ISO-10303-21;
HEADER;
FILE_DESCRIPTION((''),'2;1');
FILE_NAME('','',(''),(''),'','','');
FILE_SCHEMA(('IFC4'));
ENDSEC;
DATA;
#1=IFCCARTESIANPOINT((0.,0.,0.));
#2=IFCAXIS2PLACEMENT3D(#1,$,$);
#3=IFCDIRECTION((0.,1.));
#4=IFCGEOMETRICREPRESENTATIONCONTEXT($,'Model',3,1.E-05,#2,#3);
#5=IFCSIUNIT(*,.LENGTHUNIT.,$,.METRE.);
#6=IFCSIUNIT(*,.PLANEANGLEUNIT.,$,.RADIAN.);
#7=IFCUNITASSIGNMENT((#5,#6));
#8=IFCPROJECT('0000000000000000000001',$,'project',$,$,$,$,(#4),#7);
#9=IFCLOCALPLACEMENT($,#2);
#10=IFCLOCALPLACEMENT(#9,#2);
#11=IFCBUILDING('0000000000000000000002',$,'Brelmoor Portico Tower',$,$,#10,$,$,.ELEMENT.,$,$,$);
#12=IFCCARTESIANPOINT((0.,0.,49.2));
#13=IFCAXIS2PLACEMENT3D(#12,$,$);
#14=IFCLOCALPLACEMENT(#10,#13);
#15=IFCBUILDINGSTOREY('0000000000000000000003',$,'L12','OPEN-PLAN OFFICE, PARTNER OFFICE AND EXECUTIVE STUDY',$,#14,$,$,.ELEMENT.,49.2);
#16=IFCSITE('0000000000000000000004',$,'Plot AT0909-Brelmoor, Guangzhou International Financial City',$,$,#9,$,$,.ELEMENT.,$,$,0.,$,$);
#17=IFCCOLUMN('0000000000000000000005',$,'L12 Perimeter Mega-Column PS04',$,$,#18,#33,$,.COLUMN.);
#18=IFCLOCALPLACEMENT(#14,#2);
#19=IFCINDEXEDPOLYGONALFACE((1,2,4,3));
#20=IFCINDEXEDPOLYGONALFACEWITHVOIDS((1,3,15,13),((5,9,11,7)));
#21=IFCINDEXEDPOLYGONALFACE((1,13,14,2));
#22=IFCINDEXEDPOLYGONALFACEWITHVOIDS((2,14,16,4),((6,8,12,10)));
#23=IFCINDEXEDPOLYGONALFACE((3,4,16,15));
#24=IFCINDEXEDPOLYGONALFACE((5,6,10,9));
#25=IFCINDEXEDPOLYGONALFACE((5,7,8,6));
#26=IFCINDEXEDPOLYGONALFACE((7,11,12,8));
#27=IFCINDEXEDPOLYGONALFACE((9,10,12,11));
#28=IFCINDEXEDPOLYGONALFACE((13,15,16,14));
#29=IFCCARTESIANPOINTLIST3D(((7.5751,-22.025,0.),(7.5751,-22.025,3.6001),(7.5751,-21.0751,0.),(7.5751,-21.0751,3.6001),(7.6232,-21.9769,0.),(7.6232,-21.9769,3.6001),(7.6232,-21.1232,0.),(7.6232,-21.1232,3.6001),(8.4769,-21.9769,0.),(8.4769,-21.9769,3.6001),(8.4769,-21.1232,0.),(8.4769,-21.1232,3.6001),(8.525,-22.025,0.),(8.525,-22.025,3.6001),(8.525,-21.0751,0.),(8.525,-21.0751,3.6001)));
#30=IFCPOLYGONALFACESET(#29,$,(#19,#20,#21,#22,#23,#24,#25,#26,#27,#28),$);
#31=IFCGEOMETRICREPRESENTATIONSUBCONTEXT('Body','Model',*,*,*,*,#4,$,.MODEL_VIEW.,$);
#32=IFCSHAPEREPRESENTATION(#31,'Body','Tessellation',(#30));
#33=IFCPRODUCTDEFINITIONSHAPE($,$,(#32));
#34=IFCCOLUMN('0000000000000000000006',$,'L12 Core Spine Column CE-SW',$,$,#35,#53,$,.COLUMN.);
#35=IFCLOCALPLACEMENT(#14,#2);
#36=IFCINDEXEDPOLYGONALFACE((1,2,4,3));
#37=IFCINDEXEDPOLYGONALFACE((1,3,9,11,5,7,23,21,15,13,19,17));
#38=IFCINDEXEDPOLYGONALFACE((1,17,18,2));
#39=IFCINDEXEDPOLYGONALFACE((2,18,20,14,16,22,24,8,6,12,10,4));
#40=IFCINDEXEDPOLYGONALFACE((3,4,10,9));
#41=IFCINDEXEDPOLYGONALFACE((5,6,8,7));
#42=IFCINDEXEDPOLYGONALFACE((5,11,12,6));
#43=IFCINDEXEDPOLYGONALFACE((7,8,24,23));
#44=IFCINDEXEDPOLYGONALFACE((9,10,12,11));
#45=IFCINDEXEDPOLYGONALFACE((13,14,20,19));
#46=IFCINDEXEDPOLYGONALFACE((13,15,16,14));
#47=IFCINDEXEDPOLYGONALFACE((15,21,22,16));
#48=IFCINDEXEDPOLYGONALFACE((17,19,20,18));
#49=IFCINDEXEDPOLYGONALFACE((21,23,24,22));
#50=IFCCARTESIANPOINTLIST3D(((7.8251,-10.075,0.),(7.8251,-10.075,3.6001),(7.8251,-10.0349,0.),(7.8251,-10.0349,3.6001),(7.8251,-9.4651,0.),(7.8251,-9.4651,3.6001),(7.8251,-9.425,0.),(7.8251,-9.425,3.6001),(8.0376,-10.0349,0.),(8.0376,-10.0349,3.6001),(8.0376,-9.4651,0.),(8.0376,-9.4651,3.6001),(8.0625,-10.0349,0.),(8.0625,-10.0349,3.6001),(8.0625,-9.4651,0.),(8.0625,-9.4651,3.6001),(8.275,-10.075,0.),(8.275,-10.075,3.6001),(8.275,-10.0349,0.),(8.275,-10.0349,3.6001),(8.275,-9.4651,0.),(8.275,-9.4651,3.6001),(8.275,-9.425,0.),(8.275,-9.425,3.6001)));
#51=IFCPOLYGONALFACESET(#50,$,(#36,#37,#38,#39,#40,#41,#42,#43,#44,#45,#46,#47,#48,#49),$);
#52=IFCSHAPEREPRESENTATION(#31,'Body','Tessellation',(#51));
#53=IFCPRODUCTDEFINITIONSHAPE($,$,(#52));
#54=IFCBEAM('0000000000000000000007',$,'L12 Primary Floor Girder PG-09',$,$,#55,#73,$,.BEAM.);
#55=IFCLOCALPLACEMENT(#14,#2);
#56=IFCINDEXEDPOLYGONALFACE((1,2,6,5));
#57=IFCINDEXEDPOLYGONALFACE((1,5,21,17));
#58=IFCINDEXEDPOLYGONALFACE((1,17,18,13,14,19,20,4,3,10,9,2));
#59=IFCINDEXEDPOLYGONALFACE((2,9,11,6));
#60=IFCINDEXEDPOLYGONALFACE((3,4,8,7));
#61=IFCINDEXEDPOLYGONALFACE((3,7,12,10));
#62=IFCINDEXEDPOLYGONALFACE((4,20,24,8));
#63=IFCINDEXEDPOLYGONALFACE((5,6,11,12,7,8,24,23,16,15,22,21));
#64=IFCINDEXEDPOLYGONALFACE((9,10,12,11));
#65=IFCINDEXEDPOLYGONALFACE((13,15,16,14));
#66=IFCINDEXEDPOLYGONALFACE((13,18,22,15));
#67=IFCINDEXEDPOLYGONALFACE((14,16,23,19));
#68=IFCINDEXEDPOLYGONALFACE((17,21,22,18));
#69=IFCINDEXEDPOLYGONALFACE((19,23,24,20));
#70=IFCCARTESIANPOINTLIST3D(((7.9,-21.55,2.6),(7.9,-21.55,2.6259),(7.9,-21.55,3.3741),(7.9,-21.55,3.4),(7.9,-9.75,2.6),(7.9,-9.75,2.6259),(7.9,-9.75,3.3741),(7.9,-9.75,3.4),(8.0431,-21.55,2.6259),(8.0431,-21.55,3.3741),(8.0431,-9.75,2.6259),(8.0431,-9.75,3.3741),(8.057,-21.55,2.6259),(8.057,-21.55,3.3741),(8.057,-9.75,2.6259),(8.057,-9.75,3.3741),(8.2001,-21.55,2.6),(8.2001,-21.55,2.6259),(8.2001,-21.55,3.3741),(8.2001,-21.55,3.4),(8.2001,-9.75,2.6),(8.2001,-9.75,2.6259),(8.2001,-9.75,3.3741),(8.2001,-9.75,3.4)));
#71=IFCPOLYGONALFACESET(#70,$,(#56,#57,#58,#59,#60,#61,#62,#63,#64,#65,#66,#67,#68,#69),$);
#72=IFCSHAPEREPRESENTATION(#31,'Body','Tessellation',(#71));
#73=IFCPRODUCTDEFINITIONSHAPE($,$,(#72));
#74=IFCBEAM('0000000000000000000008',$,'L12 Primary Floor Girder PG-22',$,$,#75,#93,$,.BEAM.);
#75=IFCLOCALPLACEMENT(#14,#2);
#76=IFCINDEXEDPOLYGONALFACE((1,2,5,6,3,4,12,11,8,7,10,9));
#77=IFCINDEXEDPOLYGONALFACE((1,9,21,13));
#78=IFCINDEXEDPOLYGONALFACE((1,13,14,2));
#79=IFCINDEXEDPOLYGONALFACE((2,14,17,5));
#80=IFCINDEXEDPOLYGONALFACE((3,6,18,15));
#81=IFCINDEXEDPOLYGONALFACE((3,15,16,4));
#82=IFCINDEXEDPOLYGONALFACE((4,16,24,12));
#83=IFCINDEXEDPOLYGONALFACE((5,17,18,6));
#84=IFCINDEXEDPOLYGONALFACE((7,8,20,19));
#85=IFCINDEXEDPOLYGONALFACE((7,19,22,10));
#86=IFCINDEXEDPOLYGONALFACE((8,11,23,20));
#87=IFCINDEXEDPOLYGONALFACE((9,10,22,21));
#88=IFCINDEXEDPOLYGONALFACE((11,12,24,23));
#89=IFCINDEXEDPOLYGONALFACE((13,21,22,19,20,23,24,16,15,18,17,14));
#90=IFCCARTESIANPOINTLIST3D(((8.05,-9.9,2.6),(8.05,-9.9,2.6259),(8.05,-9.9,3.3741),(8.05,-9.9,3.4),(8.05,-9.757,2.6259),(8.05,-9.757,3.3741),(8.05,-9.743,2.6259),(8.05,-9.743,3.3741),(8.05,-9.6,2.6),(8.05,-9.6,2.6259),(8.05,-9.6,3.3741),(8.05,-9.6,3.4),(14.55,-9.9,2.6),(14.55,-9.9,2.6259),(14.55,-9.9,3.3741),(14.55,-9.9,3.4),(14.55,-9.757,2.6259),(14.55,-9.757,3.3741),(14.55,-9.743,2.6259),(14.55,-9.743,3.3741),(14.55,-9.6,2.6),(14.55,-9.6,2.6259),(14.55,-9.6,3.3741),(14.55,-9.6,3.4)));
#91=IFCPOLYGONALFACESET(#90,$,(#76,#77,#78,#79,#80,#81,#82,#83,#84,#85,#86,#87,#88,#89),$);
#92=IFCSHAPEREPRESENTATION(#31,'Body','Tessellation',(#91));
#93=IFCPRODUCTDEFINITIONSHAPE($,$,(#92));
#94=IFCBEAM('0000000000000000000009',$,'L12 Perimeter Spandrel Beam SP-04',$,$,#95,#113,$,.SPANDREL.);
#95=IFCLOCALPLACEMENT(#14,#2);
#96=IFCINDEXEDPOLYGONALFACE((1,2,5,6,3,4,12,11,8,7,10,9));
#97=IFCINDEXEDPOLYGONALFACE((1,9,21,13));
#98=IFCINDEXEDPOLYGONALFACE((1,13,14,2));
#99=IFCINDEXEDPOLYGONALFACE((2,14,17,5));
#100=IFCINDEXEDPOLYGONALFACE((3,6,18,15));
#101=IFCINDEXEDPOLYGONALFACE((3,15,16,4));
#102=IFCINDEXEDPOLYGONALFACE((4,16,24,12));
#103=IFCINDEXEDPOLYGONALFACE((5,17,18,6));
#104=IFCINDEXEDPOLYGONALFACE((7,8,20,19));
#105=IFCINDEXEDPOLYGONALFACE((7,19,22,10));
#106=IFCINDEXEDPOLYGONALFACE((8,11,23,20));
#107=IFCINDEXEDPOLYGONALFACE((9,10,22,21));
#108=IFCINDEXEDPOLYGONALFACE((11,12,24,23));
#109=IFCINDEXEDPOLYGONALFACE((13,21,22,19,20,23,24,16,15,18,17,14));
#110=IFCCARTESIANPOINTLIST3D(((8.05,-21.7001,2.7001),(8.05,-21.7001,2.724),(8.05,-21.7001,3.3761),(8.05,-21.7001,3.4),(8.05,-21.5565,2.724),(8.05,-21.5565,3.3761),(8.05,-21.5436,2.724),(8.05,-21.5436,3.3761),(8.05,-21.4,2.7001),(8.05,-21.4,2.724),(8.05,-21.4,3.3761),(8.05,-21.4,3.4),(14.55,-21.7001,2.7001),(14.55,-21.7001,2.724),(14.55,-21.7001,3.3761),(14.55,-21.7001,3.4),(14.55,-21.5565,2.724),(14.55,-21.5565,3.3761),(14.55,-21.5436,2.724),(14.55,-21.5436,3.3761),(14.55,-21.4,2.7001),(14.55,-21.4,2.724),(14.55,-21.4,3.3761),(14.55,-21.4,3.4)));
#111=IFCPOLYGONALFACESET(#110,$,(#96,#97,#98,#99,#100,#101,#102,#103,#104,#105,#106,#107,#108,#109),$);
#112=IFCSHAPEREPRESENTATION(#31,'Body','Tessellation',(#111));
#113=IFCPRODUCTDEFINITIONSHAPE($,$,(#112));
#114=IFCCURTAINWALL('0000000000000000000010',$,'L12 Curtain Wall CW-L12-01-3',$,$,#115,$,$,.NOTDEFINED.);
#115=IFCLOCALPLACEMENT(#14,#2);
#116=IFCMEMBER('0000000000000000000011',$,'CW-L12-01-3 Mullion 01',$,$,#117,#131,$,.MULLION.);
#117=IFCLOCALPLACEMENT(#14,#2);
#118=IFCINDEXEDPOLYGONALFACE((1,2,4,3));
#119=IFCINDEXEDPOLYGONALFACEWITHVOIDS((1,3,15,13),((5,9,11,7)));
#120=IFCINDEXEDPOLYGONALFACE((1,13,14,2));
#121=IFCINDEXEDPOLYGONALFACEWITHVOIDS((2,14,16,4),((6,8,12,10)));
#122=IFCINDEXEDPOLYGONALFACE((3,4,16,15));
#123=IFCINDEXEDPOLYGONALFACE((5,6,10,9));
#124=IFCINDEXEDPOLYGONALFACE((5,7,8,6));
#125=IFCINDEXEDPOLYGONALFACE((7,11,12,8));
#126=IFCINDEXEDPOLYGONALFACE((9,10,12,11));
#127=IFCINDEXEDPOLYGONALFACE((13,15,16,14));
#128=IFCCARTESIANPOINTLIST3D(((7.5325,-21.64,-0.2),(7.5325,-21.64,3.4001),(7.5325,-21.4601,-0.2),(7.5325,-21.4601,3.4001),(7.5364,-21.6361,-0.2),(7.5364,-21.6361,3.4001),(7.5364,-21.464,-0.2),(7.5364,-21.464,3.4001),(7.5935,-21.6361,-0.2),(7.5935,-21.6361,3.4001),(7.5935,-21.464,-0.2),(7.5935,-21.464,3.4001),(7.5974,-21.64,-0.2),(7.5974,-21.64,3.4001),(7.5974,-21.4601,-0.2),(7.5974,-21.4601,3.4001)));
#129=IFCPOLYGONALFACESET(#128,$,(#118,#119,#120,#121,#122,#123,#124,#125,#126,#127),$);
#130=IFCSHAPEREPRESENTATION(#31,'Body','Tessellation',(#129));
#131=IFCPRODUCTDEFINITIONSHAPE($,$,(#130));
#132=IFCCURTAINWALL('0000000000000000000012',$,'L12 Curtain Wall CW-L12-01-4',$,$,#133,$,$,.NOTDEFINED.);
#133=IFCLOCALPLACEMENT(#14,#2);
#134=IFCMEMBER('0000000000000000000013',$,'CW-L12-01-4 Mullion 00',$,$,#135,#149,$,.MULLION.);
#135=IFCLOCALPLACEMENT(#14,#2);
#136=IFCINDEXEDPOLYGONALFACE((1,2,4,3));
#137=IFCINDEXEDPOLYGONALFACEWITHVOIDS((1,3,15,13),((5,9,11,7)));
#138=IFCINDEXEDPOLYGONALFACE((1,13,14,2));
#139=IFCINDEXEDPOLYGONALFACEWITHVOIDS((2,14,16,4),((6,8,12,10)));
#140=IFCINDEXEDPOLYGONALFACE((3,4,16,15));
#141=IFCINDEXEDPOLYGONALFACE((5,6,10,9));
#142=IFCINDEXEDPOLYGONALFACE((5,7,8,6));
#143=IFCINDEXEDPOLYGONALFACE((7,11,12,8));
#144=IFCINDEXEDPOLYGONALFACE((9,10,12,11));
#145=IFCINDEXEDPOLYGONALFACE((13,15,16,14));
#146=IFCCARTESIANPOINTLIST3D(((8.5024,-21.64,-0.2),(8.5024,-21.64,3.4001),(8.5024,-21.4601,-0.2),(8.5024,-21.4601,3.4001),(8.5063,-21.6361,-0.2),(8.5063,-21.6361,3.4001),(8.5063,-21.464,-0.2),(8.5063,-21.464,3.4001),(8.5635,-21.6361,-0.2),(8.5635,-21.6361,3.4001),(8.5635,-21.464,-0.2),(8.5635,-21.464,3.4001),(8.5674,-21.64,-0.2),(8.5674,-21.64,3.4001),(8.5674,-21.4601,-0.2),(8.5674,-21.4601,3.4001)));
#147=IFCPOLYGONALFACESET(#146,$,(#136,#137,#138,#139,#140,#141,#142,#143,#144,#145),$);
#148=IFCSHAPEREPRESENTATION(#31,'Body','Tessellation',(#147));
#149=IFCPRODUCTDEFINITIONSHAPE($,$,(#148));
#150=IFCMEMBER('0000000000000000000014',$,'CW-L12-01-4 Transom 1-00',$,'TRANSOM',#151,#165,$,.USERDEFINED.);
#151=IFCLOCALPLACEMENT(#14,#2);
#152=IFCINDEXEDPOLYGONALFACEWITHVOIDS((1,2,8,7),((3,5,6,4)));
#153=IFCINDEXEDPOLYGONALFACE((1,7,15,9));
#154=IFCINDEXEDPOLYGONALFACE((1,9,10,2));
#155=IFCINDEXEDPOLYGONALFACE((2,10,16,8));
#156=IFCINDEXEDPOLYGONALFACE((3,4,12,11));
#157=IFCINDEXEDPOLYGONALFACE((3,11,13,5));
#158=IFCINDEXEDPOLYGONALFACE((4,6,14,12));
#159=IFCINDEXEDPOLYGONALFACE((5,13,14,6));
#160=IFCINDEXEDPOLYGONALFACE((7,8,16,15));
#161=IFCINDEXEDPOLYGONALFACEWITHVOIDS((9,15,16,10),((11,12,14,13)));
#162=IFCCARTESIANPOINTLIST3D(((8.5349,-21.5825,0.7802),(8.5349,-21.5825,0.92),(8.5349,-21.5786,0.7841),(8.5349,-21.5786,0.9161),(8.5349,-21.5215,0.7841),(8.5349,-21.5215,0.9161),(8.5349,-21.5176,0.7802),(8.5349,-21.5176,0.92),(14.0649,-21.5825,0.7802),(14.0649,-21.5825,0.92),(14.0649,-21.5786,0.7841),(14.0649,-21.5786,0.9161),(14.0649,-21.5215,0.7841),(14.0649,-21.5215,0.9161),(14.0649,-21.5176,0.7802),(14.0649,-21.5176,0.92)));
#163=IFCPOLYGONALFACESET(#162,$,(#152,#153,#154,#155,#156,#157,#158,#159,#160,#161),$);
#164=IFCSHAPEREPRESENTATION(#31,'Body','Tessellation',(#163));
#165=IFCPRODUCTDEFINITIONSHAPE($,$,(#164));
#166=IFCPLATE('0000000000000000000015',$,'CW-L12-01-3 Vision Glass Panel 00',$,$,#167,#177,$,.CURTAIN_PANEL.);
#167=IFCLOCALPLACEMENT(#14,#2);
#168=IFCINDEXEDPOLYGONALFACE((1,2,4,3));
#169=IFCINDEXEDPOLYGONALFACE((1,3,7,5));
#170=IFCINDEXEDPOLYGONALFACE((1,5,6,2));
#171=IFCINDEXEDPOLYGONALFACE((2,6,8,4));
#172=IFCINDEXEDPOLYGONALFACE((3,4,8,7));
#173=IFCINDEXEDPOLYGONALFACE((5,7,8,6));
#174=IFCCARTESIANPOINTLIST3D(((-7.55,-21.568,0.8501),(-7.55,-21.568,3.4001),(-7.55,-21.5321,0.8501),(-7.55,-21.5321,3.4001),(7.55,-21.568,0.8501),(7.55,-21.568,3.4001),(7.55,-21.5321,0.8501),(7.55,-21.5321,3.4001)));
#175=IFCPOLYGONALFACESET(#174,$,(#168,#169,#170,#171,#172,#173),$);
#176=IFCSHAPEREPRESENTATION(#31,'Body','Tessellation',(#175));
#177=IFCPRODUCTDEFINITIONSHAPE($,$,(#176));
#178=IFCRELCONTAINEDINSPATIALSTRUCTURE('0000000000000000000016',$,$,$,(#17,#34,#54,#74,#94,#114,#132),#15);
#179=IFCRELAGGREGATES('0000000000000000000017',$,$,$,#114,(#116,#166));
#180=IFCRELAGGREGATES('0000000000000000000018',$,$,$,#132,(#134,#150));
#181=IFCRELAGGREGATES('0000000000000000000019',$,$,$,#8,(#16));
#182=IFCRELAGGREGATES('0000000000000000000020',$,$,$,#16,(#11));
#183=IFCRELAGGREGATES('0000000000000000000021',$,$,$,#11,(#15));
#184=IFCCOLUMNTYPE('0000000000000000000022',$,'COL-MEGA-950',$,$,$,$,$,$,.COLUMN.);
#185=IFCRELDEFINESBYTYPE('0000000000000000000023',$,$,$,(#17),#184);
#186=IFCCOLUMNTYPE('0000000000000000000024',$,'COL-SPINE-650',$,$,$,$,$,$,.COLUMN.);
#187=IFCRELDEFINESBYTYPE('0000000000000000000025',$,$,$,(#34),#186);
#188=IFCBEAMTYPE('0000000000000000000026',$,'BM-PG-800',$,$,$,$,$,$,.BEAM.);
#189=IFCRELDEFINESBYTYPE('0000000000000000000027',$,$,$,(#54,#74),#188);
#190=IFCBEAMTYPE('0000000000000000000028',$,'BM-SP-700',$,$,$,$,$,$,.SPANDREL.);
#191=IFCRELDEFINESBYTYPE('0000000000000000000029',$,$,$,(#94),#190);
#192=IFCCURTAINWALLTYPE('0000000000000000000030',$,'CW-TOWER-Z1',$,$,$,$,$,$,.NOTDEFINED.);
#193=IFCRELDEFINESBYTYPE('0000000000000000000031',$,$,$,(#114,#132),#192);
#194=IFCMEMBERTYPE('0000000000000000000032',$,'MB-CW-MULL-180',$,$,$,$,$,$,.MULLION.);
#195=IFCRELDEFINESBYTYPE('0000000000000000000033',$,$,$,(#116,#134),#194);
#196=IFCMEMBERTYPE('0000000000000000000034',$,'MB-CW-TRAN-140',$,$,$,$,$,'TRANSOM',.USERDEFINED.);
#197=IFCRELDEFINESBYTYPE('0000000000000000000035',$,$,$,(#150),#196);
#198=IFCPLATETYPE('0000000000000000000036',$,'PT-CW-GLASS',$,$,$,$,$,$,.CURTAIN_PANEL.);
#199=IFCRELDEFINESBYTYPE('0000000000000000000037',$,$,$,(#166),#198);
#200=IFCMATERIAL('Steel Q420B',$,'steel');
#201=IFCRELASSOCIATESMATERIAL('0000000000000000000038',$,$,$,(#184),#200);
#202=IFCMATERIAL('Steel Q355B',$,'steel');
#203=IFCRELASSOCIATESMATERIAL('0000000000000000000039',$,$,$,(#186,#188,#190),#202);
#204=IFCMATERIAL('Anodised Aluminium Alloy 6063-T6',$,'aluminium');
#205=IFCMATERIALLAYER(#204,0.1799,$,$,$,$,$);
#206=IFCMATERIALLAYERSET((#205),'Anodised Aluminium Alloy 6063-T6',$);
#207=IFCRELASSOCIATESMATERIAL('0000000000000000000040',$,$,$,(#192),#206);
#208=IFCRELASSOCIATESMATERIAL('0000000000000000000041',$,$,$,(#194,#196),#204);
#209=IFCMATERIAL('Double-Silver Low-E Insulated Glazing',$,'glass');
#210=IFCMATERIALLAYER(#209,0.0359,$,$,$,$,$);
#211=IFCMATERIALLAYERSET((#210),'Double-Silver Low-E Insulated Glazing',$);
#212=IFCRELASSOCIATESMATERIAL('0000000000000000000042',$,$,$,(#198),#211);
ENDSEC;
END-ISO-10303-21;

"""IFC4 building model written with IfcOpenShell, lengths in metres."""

from ifc_helpers import new_model, si_unit, direction, frame, origin, origin_2d, place, context, subcontext, project, spatial, rectangle, hollow_rectangle, i_section, extrude, material, layer, layer_set, material_profile, profile_set, type_object, element, aggregate, save


model = new_model("IFC4")

# Units and contexts
model_context = context("Model", 3, precision=1e-05, world=origin(), true_north=direction((0.0, 1.0)))
body_context = subcontext(model_context, "Body", "Model", "MODEL_VIEW")
ifc_project = project(units=[si_unit("LENGTHUNIT", "METRE"), si_unit("PLANEANGLEUNIT", "RADIAN")], contexts=[model_context])

# Site, building, storey
site_placement = place(None, origin())
site = spatial("IfcSite", under=ifc_project, at=site_placement, Name="Plot AT0909-Brelmoor, Guangzhou International Financial City", CompositionType="ELEMENT", RefElevation=0.0)
building_placement = place(site_placement, origin())
building = spatial("IfcBuilding", under=site, at=building_placement, Name="Brelmoor Portico Tower", CompositionType="ELEMENT")
storey_placement = place(building_placement, frame((0.0, 0.0, 49.2)))
storey = spatial("IfcBuildingStorey", under=building, at=storey_placement, Name="L12", Description="OPEN-PLAN OFFICE, PARTNER OFFICE AND EXECUTIVE STUDY", CompositionType="ELEMENT", Elevation=49.2)

# Columns
ifc_material_1 = material(Name="Steel Q420B", Category="steel")
ifc_material_profile_1 = material_profile(ifc_material_1, hollow_rectangle(XDim=0.95, YDim=0.95, WallThickness=0.0481, at=origin_2d()), Name="BOX 950x950x48")
ifc_profile_set_1 = profile_set([ifc_material_profile_1], Name="Steel Q420B")
column_type_1 = type_object("IfcColumnType", Name="COL-MEGA-950", PredefinedType="COLUMN", material=ifc_profile_set_1)
column_1_placement = place(storey_placement, frame((8.05, -21.55, 0.0), z_axis=(0.0, 0.0, 1.0), x_axis=(1.0, 0.0, 0.0)))
element("IfcColumn", 1, at=column_1_placement, inside=storey, type_object=column_type_1, Name="L12 Perimeter Mega-Column PS04", PredefinedType="COLUMN", context=body_context, shape_type="SweptSolid", body=[
    extrude(hollow_rectangle(XDim=0.95, YDim=0.95, WallThickness=0.0481, at=origin_2d()), origin(), (0.0, 0.0, 1.0), 3.6001),
])
ifc_material_2 = material(Name="Steel Q355B", Category="steel")
ifc_material_profile_2 = material_profile(ifc_material_2, i_section(OverallWidth=0.45, OverallDepth=0.6499, WebThickness=0.0249, FlangeThickness=0.04, at=origin_2d()), Name="HW 650x450x25x40")
ifc_profile_set_2 = profile_set([ifc_material_profile_2], Name="Steel Q355B")
column_type_2 = type_object("IfcColumnType", Name="COL-SPINE-650", PredefinedType="COLUMN", material=ifc_profile_set_2)
column_2_placement = place(storey_placement, frame((8.05, -9.75, 0.0), z_axis=(0.0, 0.0, 1.0), x_axis=(1.0, 0.0, 0.0)))
element("IfcColumn", 2, at=column_2_placement, inside=storey, type_object=column_type_2, Name="L12 Core Spine Column CE-SW", PredefinedType="COLUMN", context=body_context, shape_type="SweptSolid", body=[
    extrude(i_section(OverallWidth=0.45, OverallDepth=0.6499, WebThickness=0.0249, FlangeThickness=0.04, at=origin_2d()), origin(), (0.0, 0.0, 1.0), 3.6001),
])

# Beams
ifc_material_profile_3 = material_profile(ifc_material_2, i_section(OverallWidth=0.3, OverallDepth=0.8, WebThickness=0.0139, FlangeThickness=0.0259, at=origin_2d()), Name="HN 800x300x14x26")
ifc_profile_set_3 = profile_set([ifc_material_profile_3], Name="Steel Q355B")
beam_type_1 = type_object("IfcBeamType", Name="BM-PG-800", PredefinedType="BEAM", material=ifc_profile_set_3)
beam_1_placement = place(storey_placement, frame((8.05, -21.55, 3.0), z_axis=(0.0, 1.0, 0.0), x_axis=(-1.0, 0.0, 0.0)))
element("IfcBeam", 3, at=beam_1_placement, inside=storey, type_object=beam_type_1, Name="L12 Primary Floor Girder PG-09", PredefinedType="BEAM", context=body_context, shape_type="SweptSolid", body=[
    extrude(i_section(OverallWidth=0.3, OverallDepth=0.8, WebThickness=0.0139, FlangeThickness=0.0259, at=origin_2d()), origin(), (0.0, 0.0, 1.0), 11.8),
])
beam_2_placement = place(storey_placement, frame((8.05, -9.75, 3.0), z_axis=(1.0, 0.0, 0.0), x_axis=(0.0, 1.0, 0.0)))
element("IfcBeam", 4, at=beam_2_placement, inside=storey, type_object=beam_type_1, Name="L12 Primary Floor Girder PG-22", PredefinedType="BEAM", context=body_context, shape_type="SweptSolid", body=[
    extrude(i_section(OverallWidth=0.3, OverallDepth=0.8, WebThickness=0.0139, FlangeThickness=0.0259, at=origin_2d()), origin(), (0.0, 0.0, 1.0), 6.5),
])
ifc_material_profile_4 = material_profile(ifc_material_2, i_section(OverallWidth=0.3, OverallDepth=0.7, WebThickness=0.0129, FlangeThickness=0.0239, at=origin_2d()), Name="HN 700x300x13x24")
ifc_profile_set_4 = profile_set([ifc_material_profile_4], Name="Steel Q355B")
beam_type_2 = type_object("IfcBeamType", Name="BM-SP-700", PredefinedType="SPANDREL", material=ifc_profile_set_4)
beam_3_placement = place(storey_placement, frame((8.05, -21.55, 3.05), z_axis=(1.0, 0.0, 0.0), x_axis=(0.0, 1.0, 0.0)))
element("IfcBeam", 5, at=beam_3_placement, inside=storey, type_object=beam_type_2, Name="L12 Perimeter Spandrel Beam SP-04", PredefinedType="SPANDREL", context=body_context, shape_type="SweptSolid", body=[
    extrude(i_section(OverallWidth=0.3, OverallDepth=0.7, WebThickness=0.0129, FlangeThickness=0.0239, at=origin_2d()), origin(), (0.0, 0.0, 1.0), 6.5),
])

# Curtain wall, member
ifc_material_3 = material(Name="Anodised Aluminium Alloy 6063-T6", Category="aluminium")
ifc_layer_1 = layer(ifc_material_3, 0.1799)
ifc_layer_set_1 = layer_set([ifc_layer_1], Name="Anodised Aluminium Alloy 6063-T6")
curtain_wall_type = type_object("IfcCurtainWallType", Name="CW-TOWER-Z1", PredefinedType="NOTDEFINED", material=ifc_layer_set_1)
curtain_wall_1_placement = place(storey_placement, origin())
curtain_wall_1 = element("IfcCurtainWall", 6, at=curtain_wall_1_placement, inside=storey, type_object=curtain_wall_type, Name="L12 Curtain Wall CW-L12-01-3", PredefinedType="NOTDEFINED")
ifc_material_profile_5 = material_profile(ifc_material_3, hollow_rectangle(XDim=0.0649, YDim=0.1799, WallThickness=0.0039, at=origin_2d()), Name="ALU MULLION 65x180")
ifc_profile_set_5 = profile_set([ifc_material_profile_5], Name="Anodised Aluminium Alloy 6063-T6")
member_type_1 = type_object("IfcMemberType", Name="MB-CW-MULL-180", PredefinedType="MULLION", material=ifc_profile_set_5)
member_1_placement = place(storey_placement, frame((7.5649, -21.55, -0.2), z_axis=(0.0, 0.0, 1.0), x_axis=(1.0, 0.0, 0.0)))
member_1 = element("IfcMember", 7, at=member_1_placement, type_object=member_type_1, Name="CW-L12-01-3 Mullion 01", PredefinedType="MULLION", context=body_context, shape_type="SweptSolid", body=[
    extrude(hollow_rectangle(XDim=0.0649, YDim=0.1799, WallThickness=0.0039, at=origin_2d()), origin(), (0.0, 0.0, 1.0), 3.6001),
])

# Curtain wall, members
curtain_wall_2_placement = place(storey_placement, origin())
curtain_wall_2 = element("IfcCurtainWall", 8, at=curtain_wall_2_placement, inside=storey, type_object=curtain_wall_type, Name="L12 Curtain Wall CW-L12-01-4", PredefinedType="NOTDEFINED")
member_2_placement = place(storey_placement, frame((8.5349, -21.55, -0.2), z_axis=(0.0, 0.0, 1.0), x_axis=(1.0, 0.0, 0.0)))
member_2 = element("IfcMember", 9, at=member_2_placement, type_object=member_type_1, Name="CW-L12-01-4 Mullion 00", PredefinedType="MULLION", context=body_context, shape_type="SweptSolid", body=[
    extrude(hollow_rectangle(XDim=0.0649, YDim=0.1799, WallThickness=0.0039, at=origin_2d()), origin(), (0.0, 0.0, 1.0), 3.6001),
])
ifc_material_profile_6 = material_profile(ifc_material_3, hollow_rectangle(XDim=0.0649, YDim=0.1399, WallThickness=0.0039, at=origin_2d()), Name="ALU TRANSOM 65x140")
ifc_profile_set_6 = profile_set([ifc_material_profile_6], Name="Anodised Aluminium Alloy 6063-T6")
member_type_2 = type_object("IfcMemberType", Name="MB-CW-TRAN-140", ElementType="TRANSOM", PredefinedType="USERDEFINED", material=ifc_profile_set_6)
member_3_placement = place(storey_placement, frame((8.5349, -21.55, 0.8501), z_axis=(1.0, 0.0, 0.0), x_axis=(0.0, 1.0, 0.0)))
member_3 = element("IfcMember", 10, at=member_3_placement, type_object=member_type_2, Name="CW-L12-01-4 Transom 1-00", ObjectType="TRANSOM", PredefinedType="USERDEFINED", context=body_context, shape_type="SweptSolid", body=[
    extrude(hollow_rectangle(XDim=0.0649, YDim=0.1399, WallThickness=0.0039, at=origin_2d()), origin(), (0.0, 0.0, 1.0), 5.53),
])

# Plate
ifc_material_4 = material(Name="Double-Silver Low-E Insulated Glazing", Category="glass")
ifc_layer_2 = layer(ifc_material_4, 0.0359)
ifc_layer_set_2 = layer_set([ifc_layer_2], Name="Double-Silver Low-E Insulated Glazing")
plate_type_1 = type_object("IfcPlateType", Name="PT-CW-GLASS", PredefinedType="CURTAIN_PANEL", material=ifc_layer_set_2)
plate_1_placement = place(storey_placement, frame((0.0, -21.55, 0.8501), z_axis=(0.0, 0.0, 1.0), x_axis=(1.0, 0.0, 0.0)))
plate_1 = element("IfcPlate", 11, at=plate_1_placement, type_object=plate_type_1, Name="CW-L12-01-3 Vision Glass Panel 00", PredefinedType="CURTAIN_PANEL", context=body_context, shape_type="SweptSolid", body=[
    extrude(rectangle(XDim=15.1001, YDim=0.0359, at=origin_2d()), origin(), (0.0, 0.0, 1.0), 2.55),
])
aggregate(curtain_wall_1, [member_1, plate_1])
aggregate(curtain_wall_2, [member_2, member_3])

save(model, "model.ifc")
